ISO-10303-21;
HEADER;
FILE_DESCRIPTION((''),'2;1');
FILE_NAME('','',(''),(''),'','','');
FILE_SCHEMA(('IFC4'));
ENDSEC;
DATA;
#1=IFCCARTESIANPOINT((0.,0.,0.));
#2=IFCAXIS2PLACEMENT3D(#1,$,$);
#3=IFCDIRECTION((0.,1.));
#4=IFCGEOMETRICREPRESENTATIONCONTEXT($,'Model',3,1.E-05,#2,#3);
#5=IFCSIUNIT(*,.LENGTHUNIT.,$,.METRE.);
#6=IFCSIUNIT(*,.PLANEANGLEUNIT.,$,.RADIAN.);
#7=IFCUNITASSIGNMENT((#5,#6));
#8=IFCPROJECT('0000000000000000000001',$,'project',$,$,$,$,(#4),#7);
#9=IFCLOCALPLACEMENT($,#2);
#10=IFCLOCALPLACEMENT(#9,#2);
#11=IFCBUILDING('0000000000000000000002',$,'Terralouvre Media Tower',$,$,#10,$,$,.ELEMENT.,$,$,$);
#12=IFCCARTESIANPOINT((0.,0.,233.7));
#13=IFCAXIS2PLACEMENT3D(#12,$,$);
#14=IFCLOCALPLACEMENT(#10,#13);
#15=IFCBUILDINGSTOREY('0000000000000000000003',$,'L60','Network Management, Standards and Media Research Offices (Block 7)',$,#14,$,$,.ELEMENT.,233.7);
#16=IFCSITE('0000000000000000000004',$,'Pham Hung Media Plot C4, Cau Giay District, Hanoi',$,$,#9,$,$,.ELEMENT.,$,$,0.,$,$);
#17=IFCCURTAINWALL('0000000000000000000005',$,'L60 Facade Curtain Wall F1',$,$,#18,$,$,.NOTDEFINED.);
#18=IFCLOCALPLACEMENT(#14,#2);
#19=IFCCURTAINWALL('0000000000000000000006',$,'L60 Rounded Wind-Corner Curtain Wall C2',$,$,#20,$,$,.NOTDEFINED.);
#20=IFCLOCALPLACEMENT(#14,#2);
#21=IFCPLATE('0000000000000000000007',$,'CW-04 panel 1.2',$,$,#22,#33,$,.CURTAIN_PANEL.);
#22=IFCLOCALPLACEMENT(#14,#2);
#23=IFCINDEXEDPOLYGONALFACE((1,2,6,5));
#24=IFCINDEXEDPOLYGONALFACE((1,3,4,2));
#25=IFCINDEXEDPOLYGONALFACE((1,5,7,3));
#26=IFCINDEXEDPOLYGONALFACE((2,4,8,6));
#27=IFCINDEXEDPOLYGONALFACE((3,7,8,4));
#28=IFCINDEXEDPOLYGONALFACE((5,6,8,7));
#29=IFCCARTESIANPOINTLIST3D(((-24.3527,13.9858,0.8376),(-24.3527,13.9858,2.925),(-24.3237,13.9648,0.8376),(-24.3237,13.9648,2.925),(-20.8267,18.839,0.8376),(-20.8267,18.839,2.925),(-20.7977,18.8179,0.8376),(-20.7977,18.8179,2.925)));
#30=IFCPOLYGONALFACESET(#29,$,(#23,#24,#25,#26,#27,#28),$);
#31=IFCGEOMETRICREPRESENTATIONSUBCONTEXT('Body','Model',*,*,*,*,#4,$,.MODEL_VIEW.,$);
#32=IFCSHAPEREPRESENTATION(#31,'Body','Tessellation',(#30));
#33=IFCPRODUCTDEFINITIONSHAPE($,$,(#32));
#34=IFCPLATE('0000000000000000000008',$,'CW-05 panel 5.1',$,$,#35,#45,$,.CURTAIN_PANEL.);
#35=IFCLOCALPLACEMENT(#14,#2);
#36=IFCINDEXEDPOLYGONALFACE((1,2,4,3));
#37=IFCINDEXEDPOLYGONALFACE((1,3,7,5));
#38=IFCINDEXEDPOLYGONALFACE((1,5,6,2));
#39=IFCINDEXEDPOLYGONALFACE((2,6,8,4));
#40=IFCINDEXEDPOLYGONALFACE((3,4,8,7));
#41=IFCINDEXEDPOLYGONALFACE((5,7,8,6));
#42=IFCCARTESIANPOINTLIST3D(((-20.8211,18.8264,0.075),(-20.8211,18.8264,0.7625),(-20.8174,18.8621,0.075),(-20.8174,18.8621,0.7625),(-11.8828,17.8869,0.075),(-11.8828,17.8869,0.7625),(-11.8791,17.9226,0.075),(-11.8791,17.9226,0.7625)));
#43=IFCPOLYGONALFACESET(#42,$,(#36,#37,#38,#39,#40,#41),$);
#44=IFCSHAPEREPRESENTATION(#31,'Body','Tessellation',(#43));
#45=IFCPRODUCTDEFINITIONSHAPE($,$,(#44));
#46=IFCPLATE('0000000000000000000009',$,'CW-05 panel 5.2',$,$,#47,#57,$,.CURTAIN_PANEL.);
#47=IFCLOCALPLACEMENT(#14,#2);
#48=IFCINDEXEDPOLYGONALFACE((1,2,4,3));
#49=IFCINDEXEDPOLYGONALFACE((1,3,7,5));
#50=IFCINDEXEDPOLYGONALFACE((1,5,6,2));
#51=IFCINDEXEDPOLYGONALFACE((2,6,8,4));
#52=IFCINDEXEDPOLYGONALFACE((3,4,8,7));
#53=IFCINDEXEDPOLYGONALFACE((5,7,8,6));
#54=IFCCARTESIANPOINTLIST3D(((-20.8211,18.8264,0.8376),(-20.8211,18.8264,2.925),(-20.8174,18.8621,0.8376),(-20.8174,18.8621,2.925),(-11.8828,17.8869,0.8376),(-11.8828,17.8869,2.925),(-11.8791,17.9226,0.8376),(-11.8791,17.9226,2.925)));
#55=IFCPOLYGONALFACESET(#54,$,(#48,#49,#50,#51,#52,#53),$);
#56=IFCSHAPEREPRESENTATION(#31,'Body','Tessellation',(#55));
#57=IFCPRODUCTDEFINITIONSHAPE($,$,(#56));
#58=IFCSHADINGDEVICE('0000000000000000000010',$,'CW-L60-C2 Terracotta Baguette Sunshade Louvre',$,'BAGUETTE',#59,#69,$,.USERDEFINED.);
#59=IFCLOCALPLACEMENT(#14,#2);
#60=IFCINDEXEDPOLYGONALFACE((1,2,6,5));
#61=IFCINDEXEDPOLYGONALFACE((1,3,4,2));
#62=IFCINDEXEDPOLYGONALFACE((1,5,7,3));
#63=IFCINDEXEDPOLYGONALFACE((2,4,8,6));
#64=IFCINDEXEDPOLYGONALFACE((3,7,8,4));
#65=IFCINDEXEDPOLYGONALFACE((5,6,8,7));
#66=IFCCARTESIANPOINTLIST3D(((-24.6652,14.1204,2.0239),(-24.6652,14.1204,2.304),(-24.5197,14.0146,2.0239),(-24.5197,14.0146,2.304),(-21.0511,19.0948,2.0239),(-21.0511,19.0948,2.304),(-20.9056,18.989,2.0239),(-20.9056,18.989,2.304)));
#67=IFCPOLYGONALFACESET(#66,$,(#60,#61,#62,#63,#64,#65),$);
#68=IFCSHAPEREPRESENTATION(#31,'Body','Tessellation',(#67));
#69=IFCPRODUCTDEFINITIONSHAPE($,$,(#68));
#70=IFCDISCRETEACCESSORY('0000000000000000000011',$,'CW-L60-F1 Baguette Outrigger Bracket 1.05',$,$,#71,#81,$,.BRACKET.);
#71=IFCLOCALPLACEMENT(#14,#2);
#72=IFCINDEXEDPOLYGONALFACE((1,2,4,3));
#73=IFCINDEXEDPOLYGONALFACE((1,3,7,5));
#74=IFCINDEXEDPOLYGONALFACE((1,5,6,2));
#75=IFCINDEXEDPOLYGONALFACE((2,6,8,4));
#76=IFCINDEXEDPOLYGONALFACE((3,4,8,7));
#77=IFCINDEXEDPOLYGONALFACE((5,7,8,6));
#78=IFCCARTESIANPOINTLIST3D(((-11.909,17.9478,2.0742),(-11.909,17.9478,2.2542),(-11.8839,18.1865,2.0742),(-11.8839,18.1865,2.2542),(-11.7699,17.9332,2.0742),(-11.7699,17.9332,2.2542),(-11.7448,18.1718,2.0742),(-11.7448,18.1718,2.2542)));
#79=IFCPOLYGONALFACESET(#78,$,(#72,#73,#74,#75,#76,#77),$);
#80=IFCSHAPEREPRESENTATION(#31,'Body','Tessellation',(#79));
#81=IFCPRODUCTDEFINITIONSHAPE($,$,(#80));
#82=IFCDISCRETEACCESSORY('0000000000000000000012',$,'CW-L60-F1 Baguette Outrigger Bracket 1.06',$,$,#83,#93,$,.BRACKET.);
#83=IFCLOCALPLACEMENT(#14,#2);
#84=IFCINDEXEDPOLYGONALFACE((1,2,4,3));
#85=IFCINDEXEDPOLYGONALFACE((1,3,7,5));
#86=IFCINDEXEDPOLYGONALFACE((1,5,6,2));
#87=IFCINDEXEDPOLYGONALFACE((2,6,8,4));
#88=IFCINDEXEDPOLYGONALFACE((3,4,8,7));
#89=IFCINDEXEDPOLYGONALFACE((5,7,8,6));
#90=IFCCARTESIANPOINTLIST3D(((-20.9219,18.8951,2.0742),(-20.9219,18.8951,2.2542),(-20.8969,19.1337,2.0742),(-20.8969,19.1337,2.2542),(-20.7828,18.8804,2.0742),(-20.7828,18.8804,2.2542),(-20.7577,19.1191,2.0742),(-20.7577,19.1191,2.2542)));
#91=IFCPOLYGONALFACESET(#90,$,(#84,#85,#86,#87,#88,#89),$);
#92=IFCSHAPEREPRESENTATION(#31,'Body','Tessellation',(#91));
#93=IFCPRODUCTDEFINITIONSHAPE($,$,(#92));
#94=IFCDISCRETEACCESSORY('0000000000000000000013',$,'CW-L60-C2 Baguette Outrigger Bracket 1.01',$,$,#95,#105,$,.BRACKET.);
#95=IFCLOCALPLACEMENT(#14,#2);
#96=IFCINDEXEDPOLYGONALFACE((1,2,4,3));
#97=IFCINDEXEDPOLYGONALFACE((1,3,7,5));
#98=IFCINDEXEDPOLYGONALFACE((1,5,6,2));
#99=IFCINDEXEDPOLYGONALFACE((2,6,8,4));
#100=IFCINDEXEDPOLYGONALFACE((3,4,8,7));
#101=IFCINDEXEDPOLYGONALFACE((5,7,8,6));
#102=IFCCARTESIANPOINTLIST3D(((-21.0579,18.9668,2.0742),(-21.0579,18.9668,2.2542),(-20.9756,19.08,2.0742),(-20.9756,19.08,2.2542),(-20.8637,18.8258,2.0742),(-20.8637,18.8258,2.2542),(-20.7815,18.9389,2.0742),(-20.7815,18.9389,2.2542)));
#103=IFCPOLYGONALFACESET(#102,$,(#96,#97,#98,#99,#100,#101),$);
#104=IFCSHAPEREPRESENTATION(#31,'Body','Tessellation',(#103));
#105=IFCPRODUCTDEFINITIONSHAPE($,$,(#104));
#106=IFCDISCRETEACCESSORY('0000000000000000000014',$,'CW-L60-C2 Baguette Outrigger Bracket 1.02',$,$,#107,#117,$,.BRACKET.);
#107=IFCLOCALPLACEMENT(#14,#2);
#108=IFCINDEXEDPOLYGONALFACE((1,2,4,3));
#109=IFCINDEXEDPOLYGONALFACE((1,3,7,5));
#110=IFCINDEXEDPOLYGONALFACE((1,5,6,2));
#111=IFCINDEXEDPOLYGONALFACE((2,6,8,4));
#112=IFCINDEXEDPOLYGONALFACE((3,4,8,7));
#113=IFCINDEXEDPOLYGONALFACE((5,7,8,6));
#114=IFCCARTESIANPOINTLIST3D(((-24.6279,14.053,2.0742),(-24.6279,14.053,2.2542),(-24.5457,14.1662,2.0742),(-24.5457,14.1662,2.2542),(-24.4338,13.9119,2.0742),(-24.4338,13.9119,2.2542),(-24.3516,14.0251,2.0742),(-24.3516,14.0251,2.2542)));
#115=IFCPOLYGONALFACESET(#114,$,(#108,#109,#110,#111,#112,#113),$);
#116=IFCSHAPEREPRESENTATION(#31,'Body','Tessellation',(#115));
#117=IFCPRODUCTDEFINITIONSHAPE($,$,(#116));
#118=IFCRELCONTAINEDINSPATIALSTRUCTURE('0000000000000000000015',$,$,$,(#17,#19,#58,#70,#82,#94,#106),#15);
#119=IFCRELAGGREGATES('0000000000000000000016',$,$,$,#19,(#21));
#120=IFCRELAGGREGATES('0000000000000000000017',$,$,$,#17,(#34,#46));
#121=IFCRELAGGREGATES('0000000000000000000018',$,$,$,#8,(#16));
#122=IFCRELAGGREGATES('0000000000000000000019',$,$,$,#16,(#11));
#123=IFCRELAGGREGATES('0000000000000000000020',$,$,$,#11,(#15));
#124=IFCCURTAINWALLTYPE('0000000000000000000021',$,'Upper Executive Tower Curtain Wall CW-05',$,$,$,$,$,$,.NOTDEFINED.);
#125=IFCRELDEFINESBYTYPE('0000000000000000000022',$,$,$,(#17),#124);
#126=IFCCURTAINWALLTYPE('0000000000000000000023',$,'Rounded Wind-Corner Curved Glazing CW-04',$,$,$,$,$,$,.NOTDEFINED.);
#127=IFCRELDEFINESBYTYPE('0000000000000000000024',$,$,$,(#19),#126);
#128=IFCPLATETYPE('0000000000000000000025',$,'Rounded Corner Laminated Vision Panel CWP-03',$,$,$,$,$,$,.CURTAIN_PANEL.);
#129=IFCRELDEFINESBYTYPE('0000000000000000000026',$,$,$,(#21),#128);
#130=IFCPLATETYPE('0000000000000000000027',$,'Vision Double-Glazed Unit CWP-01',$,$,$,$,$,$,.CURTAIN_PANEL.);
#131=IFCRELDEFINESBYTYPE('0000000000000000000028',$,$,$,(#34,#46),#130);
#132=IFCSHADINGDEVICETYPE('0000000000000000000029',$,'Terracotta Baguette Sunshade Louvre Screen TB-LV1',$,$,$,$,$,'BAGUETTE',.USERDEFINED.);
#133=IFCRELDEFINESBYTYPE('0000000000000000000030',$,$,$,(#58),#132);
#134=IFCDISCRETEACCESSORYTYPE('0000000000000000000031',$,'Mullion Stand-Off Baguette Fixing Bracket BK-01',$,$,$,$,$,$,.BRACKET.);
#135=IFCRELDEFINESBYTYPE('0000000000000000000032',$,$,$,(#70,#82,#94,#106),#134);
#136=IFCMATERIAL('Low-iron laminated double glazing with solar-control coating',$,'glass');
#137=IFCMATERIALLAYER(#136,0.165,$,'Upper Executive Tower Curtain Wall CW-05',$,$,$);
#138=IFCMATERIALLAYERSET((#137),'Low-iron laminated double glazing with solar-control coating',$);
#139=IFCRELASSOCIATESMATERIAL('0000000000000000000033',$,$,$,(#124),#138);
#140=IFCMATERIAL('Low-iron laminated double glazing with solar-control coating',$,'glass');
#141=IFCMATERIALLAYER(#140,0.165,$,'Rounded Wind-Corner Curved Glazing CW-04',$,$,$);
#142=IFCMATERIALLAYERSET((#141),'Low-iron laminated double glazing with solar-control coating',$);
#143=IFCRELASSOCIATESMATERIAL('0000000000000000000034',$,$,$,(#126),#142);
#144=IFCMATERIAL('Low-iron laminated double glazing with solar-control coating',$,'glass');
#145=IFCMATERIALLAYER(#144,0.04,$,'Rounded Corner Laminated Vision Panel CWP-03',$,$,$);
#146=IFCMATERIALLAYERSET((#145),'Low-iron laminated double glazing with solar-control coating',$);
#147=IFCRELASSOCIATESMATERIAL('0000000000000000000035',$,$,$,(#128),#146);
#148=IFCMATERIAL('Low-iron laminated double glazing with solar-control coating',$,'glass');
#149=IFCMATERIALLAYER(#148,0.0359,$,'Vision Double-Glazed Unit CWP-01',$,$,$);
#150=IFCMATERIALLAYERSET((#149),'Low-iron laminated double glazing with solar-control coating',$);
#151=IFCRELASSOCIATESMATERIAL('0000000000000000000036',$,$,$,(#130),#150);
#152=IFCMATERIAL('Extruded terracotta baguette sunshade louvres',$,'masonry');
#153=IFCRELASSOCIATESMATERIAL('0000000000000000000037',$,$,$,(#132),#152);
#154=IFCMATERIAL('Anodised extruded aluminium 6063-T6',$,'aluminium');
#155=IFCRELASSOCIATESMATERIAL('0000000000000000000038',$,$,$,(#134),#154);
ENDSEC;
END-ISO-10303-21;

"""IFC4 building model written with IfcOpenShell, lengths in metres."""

from ifc_helpers import new_model, si_unit, direction, frame, origin, origin_2d, place, context, subcontext, project, spatial, rectangle, extrude, material, layer, layer_set, type_object, element, aggregate, save


model = new_model("IFC4")

# Units and contexts
model_context = context("Model", 3, precision=1e-05, world=origin(), true_north=direction((0.0, 1.0)))
body_context = subcontext(model_context, "Body", "Model", "MODEL_VIEW")
ifc_project = project(units=[si_unit("LENGTHUNIT", "METRE"), si_unit("PLANEANGLEUNIT", "RADIAN")], contexts=[model_context])

# Site, building, storey
site_placement = place(None, origin())
site = spatial("IfcSite", under=ifc_project, at=site_placement, Name="Pham Hung Media Plot C4, Cau Giay District, Hanoi", CompositionType="ELEMENT", RefElevation=0.0)
building_placement = place(site_placement, origin())
building = spatial("IfcBuilding", under=site, at=building_placement, Name="Terralouvre Media Tower", CompositionType="ELEMENT")
storey_placement = place(building_placement, frame((0.0, 0.0, 233.7)))
storey = spatial("IfcBuildingStorey", under=building, at=storey_placement, Name="L60", Description="Network Management, Standards and Media Research Offices (Block 7)", CompositionType="ELEMENT", Elevation=233.7)

# Curtain walls
ifc_material_1 = material(Name="Low-iron laminated double glazing with solar-control coating", Category="glass")
ifc_layer_1 = layer(ifc_material_1, 0.165, Name="Upper Executive Tower Curtain Wall CW-05")
ifc_layer_set_1 = layer_set([ifc_layer_1], Name="Low-iron laminated double glazing with solar-control coating")
curtain_wall_type_1 = type_object("IfcCurtainWallType", Name="Upper Executive Tower Curtain Wall CW-05", PredefinedType="NOTDEFINED", material=ifc_layer_set_1)
curtain_wall_1_placement = place(storey_placement, origin())
curtain_wall_1 = element("IfcCurtainWall", 1, at=curtain_wall_1_placement, inside=storey, type_object=curtain_wall_type_1, Name="L60 Facade Curtain Wall F1", PredefinedType="NOTDEFINED")
ifc_material_2 = material(Name="Low-iron laminated double glazing with solar-control coating", Category="glass")
ifc_layer_2 = layer(ifc_material_2, 0.165, Name="Rounded Wind-Corner Curved Glazing CW-04")
ifc_layer_set_2 = layer_set([ifc_layer_2], Name="Low-iron laminated double glazing with solar-control coating")
curtain_wall_type_2 = type_object("IfcCurtainWallType", Name="Rounded Wind-Corner Curved Glazing CW-04", PredefinedType="NOTDEFINED", material=ifc_layer_set_2)
curtain_wall_2_placement = place(storey_placement, origin())
curtain_wall_2 = element("IfcCurtainWall", 2, at=curtain_wall_2_placement, inside=storey, type_object=curtain_wall_type_2, Name="L60 Rounded Wind-Corner Curtain Wall C2", PredefinedType="NOTDEFINED")

# Plates
ifc_material_3 = material(Name="Low-iron laminated double glazing with solar-control coating", Category="glass")
ifc_layer_3 = layer(ifc_material_3, 0.04, Name="Rounded Corner Laminated Vision Panel CWP-03")
ifc_layer_set_3 = layer_set([ifc_layer_3], Name="Low-iron laminated double glazing with solar-control coating")
plate_type_1 = type_object("IfcPlateType", Name="Rounded Corner Laminated Vision Panel CWP-03", PredefinedType="CURTAIN_PANEL", material=ifc_layer_set_3)
plate_1_placement = place(storey_placement, frame((-22.5752, 16.4019, 0.8376), z_axis=(0.0, 0.0, 1.0), x_axis=(-0.587786, -0.809017, 0.0)))
plate_1 = element("IfcPlate", 3, at=plate_1_placement, type_object=plate_type_1, Name="CW-04 panel 1.2", PredefinedType="CURTAIN_PANEL", context=body_context, shape_type="SweptSolid", body=[
    extrude(rectangle(XDim=5.9988, YDim=0.0359, at=origin_2d()), origin(), (0.0, 0.0, 1.0), 2.0874),
])
aggregate(curtain_wall_2, [plate_1])
ifc_material_4 = material(Name="Low-iron laminated double glazing with solar-control coating", Category="glass")
ifc_layer_4 = layer(ifc_material_4, 0.0359, Name="Vision Double-Glazed Unit CWP-01")
ifc_layer_set_4 = layer_set([ifc_layer_4], Name="Low-iron laminated double glazing with solar-control coating")
plate_type_2 = type_object("IfcPlateType", Name="Vision Double-Glazed Unit CWP-01", PredefinedType="CURTAIN_PANEL", material=ifc_layer_set_4)
plate_2_placement = place(storey_placement, frame((-16.3501, 18.3745, 0.075), z_axis=(0.0, 0.0, 1.0), x_axis=(-0.994522, 0.104529, 0.0)))
plate_2 = element("IfcPlate", 4, at=plate_2_placement, type_object=plate_type_2, Name="CW-05 panel 5.1", PredefinedType="CURTAIN_PANEL", context=body_context, shape_type="SweptSolid", body=[
    extrude(rectangle(XDim=8.9875, YDim=0.0359, at=origin_2d()), origin(), (0.0, 0.0, 1.0), 0.6875),
])
plate_3_placement = place(storey_placement, frame((-16.3501, 18.3745, 0.8376), z_axis=(0.0, 0.0, 1.0), x_axis=(-0.994522, 0.104529, 0.0)))
plate_3 = element("IfcPlate", 5, at=plate_3_placement, type_object=plate_type_2, Name="CW-05 panel 5.2", PredefinedType="CURTAIN_PANEL", context=body_context, shape_type="SweptSolid", body=[
    extrude(rectangle(XDim=8.9875, YDim=0.0359, at=origin_2d()), origin(), (0.0, 0.0, 1.0), 2.0874),
])
aggregate(curtain_wall_1, [plate_2, plate_3])

# Shading device
ifc_material_5 = material(Name="Extruded terracotta baguette sunshade louvres", Category="masonry")
shading_device_type = type_object("IfcShadingDeviceType", Name="Terracotta Baguette Sunshade Louvre Screen TB-LV1", ElementType="BAGUETTE", PredefinedType="USERDEFINED", material=ifc_material_5)
shading_device_placement = place(storey_placement, frame((-22.7854, 16.5547, 2.0239), z_axis=(0.0, 0.0, 1.0), x_axis=(-0.587786, -0.809017, 0.0)))
element("IfcShadingDevice", 6, at=shading_device_placement, inside=storey, type_object=shading_device_type, Name="CW-L60-C2 Terracotta Baguette Sunshade Louvre", ObjectType="BAGUETTE", PredefinedType="USERDEFINED", context=body_context, shape_type="SweptSolid", body=[
    extrude(rectangle(XDim=6.1487, YDim=0.1799, at=origin_2d()), origin(), (0.0, 0.0, 1.0), 0.28),
])

# Discrete accessories
ifc_material_6 = material(Name="Anodised extruded aluminium 6063-T6", Category="aluminium")
discrete_accessory_type = type_object("IfcDiscreteAccessoryType", Name="Mullion Stand-Off Baguette Fixing Bracket BK-01", PredefinedType="BRACKET", material=ifc_material_6)
for number, where, z_axis, x_axis, name in (
    (7, (-11.8269, 18.0598, 2.0742), (0.0, 0.0, 1.0), (-0.994522, 0.104529, 0.0), "CW-L60-F1 Baguette Outrigger Bracket 1.05"),
    (8, (-20.8398, 19.0071, 2.0742), (0.0, 0.0, 1.0), (-0.994522, 0.104529, 0.0), "CW-L60-F1 Baguette Outrigger Bracket 1.06"),
    (9, (-20.9197, 18.9529, 2.0742), (0.0, 0.0, 1.0), (-0.587786, -0.809017, 0.0), "CW-L60-C2 Baguette Outrigger Bracket 1.01"),
    (10, (-24.4897, 14.0391, 2.0742), (0.0, 0.0, 1.0), (-0.587786, -0.809017, 0.0), "CW-L60-C2 Baguette Outrigger Bracket 1.02"),
):
    element("IfcDiscreteAccessory", number, at=place(storey_placement, frame(where, z_axis=z_axis, x_axis=x_axis)), inside=storey, type_object=discrete_accessory_type, Name=name, PredefinedType="BRACKET", context=body_context, shape_type="SweptSolid", body=[
        extrude(rectangle(XDim=0.1399, YDim=0.24, at=origin_2d()), origin(), (0.0, 0.0, 1.0), 0.1799),
    ])

save(model, "model.ifc")
